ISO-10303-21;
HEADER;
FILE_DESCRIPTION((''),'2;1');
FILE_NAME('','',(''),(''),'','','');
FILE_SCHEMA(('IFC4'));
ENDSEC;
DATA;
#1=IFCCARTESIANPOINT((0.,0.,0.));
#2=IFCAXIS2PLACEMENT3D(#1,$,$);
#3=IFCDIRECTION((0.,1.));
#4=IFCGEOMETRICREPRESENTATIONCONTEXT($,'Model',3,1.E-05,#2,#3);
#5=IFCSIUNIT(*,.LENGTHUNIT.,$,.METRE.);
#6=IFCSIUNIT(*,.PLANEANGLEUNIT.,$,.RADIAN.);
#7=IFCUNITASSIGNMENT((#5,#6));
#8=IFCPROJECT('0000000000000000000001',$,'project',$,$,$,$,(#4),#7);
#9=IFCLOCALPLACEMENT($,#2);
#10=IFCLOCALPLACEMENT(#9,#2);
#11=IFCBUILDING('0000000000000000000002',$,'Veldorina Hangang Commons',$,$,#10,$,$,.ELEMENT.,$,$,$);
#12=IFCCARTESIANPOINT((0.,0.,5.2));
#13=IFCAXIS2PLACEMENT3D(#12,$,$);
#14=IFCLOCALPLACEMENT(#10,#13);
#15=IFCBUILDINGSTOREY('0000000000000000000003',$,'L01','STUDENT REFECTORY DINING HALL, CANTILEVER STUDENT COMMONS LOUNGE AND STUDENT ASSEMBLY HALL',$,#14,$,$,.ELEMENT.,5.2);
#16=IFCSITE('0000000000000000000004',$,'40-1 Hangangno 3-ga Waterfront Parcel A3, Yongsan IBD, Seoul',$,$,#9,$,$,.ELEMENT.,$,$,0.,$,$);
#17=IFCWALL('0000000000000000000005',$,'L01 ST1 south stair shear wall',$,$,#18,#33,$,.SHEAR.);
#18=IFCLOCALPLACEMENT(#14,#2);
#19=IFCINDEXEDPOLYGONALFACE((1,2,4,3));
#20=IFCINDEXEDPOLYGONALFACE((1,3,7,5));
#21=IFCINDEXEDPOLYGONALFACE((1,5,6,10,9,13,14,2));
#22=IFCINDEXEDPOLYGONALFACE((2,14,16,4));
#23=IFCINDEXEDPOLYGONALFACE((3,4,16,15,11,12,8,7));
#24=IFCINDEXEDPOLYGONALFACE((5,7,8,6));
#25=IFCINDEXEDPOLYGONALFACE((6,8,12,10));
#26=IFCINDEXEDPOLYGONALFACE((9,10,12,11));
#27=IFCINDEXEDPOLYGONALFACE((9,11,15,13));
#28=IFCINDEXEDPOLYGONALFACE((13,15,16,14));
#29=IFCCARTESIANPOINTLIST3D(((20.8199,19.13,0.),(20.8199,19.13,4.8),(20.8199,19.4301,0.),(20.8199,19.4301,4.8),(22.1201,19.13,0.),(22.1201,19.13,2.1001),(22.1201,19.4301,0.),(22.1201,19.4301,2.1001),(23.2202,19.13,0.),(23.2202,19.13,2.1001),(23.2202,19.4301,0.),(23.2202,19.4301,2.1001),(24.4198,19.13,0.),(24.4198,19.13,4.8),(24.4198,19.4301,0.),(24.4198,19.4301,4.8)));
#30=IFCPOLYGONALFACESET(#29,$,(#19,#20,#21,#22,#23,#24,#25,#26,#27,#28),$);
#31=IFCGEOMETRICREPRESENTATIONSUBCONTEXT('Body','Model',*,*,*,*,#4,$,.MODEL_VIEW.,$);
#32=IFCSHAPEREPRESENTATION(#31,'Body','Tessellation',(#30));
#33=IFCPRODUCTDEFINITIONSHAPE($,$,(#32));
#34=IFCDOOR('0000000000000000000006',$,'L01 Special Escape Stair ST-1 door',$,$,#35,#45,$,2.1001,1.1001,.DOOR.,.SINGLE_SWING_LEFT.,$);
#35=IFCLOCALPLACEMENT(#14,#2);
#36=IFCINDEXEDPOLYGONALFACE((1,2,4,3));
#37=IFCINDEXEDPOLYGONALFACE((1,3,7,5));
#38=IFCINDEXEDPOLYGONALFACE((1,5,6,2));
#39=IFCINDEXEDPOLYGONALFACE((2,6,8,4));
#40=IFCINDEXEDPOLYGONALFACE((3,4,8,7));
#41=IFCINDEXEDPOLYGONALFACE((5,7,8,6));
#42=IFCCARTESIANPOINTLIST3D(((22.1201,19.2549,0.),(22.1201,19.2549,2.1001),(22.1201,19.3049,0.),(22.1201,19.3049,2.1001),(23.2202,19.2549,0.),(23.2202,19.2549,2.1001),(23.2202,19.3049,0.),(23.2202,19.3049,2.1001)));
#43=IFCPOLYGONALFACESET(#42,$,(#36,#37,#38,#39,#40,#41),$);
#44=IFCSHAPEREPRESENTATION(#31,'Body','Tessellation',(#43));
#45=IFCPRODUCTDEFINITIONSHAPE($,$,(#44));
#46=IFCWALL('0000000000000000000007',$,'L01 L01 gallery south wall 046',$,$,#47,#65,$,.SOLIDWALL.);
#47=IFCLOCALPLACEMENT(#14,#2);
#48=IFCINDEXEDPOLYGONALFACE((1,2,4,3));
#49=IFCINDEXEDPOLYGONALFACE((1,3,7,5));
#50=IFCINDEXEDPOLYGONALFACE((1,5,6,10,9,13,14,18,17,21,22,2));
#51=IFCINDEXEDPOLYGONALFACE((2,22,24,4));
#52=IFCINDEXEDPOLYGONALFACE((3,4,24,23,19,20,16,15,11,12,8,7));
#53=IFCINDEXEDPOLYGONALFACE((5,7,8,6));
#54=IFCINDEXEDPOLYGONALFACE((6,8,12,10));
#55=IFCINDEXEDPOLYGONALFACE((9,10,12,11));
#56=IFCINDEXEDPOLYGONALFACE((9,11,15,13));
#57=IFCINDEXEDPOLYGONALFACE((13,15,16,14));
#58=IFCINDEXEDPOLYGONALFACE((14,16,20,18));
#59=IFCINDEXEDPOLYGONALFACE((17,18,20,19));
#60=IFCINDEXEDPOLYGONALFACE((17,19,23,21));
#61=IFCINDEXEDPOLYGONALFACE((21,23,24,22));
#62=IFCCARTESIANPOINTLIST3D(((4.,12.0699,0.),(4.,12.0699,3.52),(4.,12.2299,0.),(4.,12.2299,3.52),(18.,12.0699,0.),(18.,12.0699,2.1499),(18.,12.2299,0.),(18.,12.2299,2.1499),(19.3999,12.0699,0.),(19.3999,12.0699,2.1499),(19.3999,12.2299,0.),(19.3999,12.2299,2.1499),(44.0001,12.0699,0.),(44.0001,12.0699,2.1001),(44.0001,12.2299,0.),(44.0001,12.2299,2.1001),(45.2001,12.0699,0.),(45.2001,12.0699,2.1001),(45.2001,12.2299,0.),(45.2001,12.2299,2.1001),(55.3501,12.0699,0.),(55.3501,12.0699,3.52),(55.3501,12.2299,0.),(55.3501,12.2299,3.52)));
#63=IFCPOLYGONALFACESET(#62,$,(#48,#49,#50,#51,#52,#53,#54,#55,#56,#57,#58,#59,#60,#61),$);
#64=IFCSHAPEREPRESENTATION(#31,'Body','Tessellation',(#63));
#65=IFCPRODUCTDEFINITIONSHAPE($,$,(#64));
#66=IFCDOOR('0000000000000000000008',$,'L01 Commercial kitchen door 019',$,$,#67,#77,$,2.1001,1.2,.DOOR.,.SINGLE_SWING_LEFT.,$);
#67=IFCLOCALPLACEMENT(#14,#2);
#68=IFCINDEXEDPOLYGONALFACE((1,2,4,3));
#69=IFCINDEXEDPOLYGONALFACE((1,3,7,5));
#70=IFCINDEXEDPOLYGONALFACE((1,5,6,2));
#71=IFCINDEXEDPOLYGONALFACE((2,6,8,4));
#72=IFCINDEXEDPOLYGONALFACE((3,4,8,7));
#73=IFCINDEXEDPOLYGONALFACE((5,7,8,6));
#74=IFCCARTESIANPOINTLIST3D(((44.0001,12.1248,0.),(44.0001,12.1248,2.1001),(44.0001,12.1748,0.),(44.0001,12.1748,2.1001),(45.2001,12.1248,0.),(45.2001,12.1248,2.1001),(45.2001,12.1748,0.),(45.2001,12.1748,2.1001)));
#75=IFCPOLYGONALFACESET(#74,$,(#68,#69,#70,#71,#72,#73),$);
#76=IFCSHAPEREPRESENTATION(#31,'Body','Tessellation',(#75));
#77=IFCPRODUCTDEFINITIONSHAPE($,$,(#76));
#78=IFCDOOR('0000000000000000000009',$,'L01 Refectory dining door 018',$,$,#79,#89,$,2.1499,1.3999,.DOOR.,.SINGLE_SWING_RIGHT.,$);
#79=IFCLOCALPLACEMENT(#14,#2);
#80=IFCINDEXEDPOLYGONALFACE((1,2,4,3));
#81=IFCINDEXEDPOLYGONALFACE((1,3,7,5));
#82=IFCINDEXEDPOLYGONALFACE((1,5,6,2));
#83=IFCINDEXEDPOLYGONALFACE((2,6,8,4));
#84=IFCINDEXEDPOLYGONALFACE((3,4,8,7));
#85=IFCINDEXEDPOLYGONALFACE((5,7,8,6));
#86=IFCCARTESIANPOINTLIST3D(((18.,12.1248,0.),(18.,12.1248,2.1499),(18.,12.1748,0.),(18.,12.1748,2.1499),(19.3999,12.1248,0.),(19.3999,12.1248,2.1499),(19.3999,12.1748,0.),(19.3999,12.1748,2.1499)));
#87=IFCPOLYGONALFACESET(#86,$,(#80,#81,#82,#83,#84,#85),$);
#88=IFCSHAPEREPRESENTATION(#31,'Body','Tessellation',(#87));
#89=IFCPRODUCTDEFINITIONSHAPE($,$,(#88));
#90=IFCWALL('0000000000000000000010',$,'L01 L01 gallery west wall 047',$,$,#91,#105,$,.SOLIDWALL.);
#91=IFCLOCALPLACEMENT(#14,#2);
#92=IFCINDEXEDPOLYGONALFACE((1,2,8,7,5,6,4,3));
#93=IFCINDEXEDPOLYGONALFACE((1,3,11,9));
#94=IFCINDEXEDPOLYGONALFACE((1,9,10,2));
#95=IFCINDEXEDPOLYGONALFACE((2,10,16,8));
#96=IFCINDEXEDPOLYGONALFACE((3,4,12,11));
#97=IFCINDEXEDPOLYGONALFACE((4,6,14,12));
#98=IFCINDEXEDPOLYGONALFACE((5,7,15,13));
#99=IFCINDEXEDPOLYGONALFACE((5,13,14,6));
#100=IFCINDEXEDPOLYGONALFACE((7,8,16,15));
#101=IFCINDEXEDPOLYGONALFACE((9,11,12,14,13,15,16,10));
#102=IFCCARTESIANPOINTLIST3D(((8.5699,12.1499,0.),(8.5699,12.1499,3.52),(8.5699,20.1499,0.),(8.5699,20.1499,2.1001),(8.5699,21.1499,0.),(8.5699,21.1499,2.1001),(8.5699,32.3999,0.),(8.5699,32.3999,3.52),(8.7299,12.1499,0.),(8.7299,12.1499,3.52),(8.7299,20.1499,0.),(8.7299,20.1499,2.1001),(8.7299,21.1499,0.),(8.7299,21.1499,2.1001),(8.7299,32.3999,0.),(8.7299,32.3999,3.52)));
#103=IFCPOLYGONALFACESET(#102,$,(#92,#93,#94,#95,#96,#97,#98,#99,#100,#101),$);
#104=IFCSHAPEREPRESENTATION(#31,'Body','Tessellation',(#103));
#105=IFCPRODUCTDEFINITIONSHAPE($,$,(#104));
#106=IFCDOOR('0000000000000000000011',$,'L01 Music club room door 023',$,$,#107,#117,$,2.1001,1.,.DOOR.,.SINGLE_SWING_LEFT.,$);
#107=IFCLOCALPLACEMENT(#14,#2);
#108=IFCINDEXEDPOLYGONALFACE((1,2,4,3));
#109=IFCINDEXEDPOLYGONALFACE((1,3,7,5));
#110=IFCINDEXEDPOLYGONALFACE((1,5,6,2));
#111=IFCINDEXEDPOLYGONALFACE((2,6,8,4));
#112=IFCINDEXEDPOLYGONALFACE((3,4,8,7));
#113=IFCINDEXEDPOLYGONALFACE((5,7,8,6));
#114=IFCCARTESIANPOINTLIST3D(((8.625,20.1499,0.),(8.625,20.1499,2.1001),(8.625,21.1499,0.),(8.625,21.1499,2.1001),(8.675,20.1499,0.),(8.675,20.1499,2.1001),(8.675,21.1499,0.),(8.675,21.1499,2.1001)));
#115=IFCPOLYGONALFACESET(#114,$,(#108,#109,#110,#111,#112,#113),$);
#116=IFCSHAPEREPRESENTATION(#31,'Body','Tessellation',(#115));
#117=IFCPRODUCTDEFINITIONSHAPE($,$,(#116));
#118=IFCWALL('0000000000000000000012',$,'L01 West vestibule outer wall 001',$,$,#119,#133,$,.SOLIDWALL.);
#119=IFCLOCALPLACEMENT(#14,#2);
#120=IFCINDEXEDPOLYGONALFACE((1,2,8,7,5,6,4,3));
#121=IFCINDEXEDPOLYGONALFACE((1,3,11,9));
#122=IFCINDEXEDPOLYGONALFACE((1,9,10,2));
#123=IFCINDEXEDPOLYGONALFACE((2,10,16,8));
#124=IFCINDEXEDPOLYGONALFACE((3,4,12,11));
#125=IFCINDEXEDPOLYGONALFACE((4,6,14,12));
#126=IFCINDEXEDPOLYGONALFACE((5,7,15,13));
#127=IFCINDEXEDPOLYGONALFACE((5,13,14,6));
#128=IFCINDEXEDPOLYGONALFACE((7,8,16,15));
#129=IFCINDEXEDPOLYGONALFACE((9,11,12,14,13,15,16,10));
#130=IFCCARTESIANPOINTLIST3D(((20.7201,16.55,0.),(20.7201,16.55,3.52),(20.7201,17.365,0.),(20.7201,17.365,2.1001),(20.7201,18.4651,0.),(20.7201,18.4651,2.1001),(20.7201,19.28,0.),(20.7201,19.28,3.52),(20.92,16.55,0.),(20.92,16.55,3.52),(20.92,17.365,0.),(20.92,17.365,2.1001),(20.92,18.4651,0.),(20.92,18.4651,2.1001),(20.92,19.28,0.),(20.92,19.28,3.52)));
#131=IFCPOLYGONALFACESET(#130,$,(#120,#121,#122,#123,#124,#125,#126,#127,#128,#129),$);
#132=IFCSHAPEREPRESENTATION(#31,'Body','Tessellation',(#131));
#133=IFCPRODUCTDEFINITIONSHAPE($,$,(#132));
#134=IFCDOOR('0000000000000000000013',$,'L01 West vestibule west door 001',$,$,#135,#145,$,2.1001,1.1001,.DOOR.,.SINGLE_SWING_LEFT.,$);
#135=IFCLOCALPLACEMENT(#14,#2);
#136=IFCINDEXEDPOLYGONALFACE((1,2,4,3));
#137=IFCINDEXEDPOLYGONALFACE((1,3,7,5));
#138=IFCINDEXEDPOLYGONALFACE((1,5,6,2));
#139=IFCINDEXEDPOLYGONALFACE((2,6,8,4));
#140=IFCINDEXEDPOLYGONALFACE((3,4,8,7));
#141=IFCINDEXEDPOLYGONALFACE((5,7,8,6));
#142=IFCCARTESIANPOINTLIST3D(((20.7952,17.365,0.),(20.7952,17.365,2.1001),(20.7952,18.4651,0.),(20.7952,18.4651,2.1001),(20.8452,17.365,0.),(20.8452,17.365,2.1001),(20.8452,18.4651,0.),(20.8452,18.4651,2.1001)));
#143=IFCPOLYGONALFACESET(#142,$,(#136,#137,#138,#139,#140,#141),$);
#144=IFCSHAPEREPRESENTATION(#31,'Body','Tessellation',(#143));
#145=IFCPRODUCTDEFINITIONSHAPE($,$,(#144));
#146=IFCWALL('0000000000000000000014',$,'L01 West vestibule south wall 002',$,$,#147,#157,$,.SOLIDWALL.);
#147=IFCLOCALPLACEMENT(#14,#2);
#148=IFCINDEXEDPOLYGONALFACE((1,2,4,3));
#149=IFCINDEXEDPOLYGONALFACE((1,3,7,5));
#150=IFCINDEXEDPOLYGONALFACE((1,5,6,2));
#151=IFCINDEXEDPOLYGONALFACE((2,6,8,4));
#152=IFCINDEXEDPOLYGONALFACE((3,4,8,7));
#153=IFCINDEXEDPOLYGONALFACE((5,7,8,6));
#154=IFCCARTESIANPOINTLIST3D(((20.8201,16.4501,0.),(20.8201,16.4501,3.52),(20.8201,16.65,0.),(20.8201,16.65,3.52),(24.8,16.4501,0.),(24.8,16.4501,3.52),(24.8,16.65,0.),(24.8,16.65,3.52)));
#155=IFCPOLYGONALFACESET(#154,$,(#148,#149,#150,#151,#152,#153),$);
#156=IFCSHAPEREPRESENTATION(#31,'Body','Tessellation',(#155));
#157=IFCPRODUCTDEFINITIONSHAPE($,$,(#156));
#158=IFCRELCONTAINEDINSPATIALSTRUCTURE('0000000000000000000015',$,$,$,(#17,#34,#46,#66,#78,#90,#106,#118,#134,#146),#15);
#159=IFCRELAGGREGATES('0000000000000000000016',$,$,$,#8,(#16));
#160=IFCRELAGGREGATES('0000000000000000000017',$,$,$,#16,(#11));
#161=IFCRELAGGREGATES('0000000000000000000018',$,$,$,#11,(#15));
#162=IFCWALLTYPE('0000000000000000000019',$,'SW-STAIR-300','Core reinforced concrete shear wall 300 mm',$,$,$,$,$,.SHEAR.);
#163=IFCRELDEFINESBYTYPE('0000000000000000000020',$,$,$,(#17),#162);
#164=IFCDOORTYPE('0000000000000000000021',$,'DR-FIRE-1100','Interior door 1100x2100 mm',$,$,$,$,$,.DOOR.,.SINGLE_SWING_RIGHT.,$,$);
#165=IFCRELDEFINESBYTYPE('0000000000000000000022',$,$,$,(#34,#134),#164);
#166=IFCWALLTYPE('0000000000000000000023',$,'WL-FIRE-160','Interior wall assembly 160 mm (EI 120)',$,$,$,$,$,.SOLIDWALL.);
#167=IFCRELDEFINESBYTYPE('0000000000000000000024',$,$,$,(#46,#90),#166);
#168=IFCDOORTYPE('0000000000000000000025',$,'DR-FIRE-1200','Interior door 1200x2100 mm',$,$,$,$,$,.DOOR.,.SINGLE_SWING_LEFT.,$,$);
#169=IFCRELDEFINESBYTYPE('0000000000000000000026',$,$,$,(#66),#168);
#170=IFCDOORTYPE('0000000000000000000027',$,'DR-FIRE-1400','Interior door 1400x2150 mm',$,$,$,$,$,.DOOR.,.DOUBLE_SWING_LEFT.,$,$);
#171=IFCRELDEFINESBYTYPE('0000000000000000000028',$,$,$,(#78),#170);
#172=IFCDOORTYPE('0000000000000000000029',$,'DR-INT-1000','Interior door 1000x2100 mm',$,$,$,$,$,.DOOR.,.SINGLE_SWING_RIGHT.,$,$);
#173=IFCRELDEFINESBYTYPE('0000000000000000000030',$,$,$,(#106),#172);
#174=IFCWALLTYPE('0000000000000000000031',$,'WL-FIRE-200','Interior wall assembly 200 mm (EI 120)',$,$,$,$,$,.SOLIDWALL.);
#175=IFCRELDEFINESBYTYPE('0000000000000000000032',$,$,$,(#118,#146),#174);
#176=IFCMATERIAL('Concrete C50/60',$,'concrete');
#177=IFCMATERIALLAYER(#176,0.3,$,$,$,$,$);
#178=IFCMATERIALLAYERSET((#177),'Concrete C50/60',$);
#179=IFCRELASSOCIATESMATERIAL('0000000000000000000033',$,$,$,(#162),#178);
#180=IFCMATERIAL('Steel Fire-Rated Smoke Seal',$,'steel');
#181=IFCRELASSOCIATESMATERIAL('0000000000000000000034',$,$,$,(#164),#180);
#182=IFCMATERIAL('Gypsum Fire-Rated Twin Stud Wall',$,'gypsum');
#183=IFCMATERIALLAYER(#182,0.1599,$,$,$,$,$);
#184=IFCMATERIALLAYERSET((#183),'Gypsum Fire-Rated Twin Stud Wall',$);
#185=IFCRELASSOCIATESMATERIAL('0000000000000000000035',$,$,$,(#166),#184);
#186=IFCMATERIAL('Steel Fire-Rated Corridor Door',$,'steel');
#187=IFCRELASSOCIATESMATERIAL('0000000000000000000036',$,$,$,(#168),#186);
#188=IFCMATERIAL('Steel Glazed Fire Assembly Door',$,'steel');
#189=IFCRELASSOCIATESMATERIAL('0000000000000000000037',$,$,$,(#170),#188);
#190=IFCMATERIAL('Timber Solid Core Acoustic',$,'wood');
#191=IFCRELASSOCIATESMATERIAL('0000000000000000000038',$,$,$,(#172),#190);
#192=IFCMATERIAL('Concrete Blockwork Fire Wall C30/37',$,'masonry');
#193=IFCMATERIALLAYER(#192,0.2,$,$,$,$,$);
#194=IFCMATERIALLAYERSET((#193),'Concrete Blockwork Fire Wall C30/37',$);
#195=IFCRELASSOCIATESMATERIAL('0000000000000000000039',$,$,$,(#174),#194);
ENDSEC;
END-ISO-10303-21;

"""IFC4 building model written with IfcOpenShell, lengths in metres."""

from ifc_helpers import new_model, si_unit, direction, frame, frame_2d, origin, place, context, subcontext, project, spatial, rectangle, extrude, material, layer, layer_set, type_object, element, fill, save


model = new_model("IFC4")

# Units and contexts
model_context = context("Model", 3, precision=1e-05, world=origin(), true_north=direction((0.0, 1.0)))
body_context = subcontext(model_context, "Body", "Model", "MODEL_VIEW")
ifc_project = project(units=[si_unit("LENGTHUNIT", "METRE"), si_unit("PLANEANGLEUNIT", "RADIAN")], contexts=[model_context])

# Site, building, storey
site_placement = place(None, origin())
site = spatial("IfcSite", under=ifc_project, at=site_placement, Name="40-1 Hangangno 3-ga Waterfront Parcel A3, Yongsan IBD, Seoul", CompositionType="ELEMENT", RefElevation=0.0)
building_placement = place(site_placement, origin())
building = spatial("IfcBuilding", under=site, at=building_placement, Name="Veldorina Hangang Commons", CompositionType="ELEMENT")
storey_placement = place(building_placement, frame((0.0, 0.0, 5.2)))
storey = spatial("IfcBuildingStorey", under=building, at=storey_placement, Name="L01", Description="STUDENT REFECTORY DINING HALL, CANTILEVER STUDENT COMMONS LOUNGE AND STUDENT ASSEMBLY HALL", CompositionType="ELEMENT", Elevation=5.2)

# Shared definitions
ifc_material_1 = material(Name="Concrete C50/60", Category="concrete")
ifc_layer_1 = layer(ifc_material_1, 0.3)
ifc_layer_set_1 = layer_set([ifc_layer_1], Name="Concrete C50/60")
wall_type_1 = type_object("IfcWallType", Name="SW-STAIR-300", Description="Core reinforced concrete shear wall 300 mm", PredefinedType="SHEAR", material=ifc_layer_set_1)

# Wall, opening, door
wall_1_placement = place(storey_placement, frame((20.8201, 19.28, 0.0), z_axis=(0.0, 0.0, 1.0), x_axis=(1.0, 0.0, 0.0)))
wall_1 = element("IfcWall", 1, at=wall_1_placement, inside=storey, type_object=wall_type_1, Name="L01 ST1 south stair shear wall", PredefinedType="SHEAR", context=body_context, shape_type="SweptSolid", body=[
    extrude(rectangle(XDim=3.5999, YDim=0.3, at=frame_2d((1.7998, 0.0))), origin(), (0.0, 0.0, 1.0), 4.8),
])
opening_1_placement = place(wall_1_placement, frame((1.3, 0.0, 0.0)))
opening_1 = element("IfcOpeningElement", 2, at=opening_1_placement, cuts=wall_1, PredefinedType="OPENING", context=body_context, shape_type="SweptSolid", body=[
    extrude(rectangle(XDim=1.1001, YDim=2.1001, at=frame_2d((0.55, 1.05))), frame((0.0, 0.1602, 0.0), z_axis=(0.0, -1.0, 0.0), x_axis=(1.0, 0.0, 0.0)), (0.0, 0.0, 1.0), 0.3201),
])
ifc_material_2 = material(Name="Steel Fire-Rated Smoke Seal", Category="steel")
door_type_1 = type_object("IfcDoorType", Name="DR-FIRE-1100", Description="Interior door 1100x2100 mm", OperationType="SINGLE_SWING_RIGHT", PredefinedType="DOOR", material=ifc_material_2)
door_1_placement = place(opening_1_placement, origin())
door_1 = element("IfcDoor", 3, at=door_1_placement, inside=storey, type_object=door_type_1, Name="L01 Special Escape Stair ST-1 door", OperationType="SINGLE_SWING_LEFT", OverallHeight=2.1001, OverallWidth=1.1001, PredefinedType="DOOR", context=body_context, shape_type="SweptSolid", body=[
    extrude(rectangle(XDim=1.1001, YDim=2.1001, at=frame_2d((0.55, 1.05))), frame((0.0, 0.0249, 0.0), z_axis=(0.0, -1.0, 0.0), x_axis=(1.0, 0.0, 0.0)), (0.0, 0.0, 1.0), 0.05),
])
fill(opening_1, door_1)

# Wall, openings, doors
ifc_material_3 = material(Name="Gypsum Fire-Rated Twin Stud Wall", Category="gypsum")
ifc_layer_2 = layer(ifc_material_3, 0.1599)
ifc_layer_set_2 = layer_set([ifc_layer_2], Name="Gypsum Fire-Rated Twin Stud Wall")
wall_type_2 = type_object("IfcWallType", Name="WL-FIRE-160", Description="Interior wall assembly 160 mm (EI 120)", PredefinedType="SOLIDWALL", material=ifc_layer_set_2)
wall_2_placement = place(storey_placement, frame((4.0, 12.1499, 0.0), z_axis=(0.0, 0.0, 1.0), x_axis=(1.0, 0.0, 0.0)))
wall_2 = element("IfcWall", 4, at=wall_2_placement, inside=storey, type_object=wall_type_2, Name="L01 L01 gallery south wall 046", PredefinedType="SOLIDWALL", context=body_context, shape_type="SweptSolid", body=[
    extrude(rectangle(XDim=51.3501, YDim=0.1599, at=frame_2d((25.675, 0.0))), origin(), (0.0, 0.0, 1.0), 3.52),
])
opening_2_placement = place(wall_2_placement, frame((14.0, 0.0, 0.0)))
opening_2 = element("IfcOpeningElement", 5, at=opening_2_placement, cuts=wall_2, PredefinedType="OPENING", context=body_context, shape_type="SweptSolid", body=[
    extrude(rectangle(XDim=1.3999, YDim=2.1499, at=frame_2d((0.7, 1.075))), frame((0.0, 0.0898, 0.0), z_axis=(0.0, -1.0, 0.0), x_axis=(1.0, 0.0, 0.0)), (0.0, 0.0, 1.0), 0.1799),
])
opening_3_placement = place(wall_2_placement, frame((40.0, 0.0, 0.0)))
opening_3 = element("IfcOpeningElement", 6, at=opening_3_placement, cuts=wall_2, PredefinedType="OPENING", context=body_context, shape_type="SweptSolid", body=[
    extrude(rectangle(XDim=1.2, YDim=2.1001, at=frame_2d((0.6001, 1.05))), frame((0.0, 0.0898, 0.0), z_axis=(0.0, -1.0, 0.0), x_axis=(1.0, 0.0, 0.0)), (0.0, 0.0, 1.0), 0.1799),
])
ifc_material_4 = material(Name="Steel Fire-Rated Corridor Door", Category="steel")
door_type_2 = type_object("IfcDoorType", Name="DR-FIRE-1200", Description="Interior door 1200x2100 mm", OperationType="SINGLE_SWING_LEFT", PredefinedType="DOOR", material=ifc_material_4)
door_2_placement = place(opening_3_placement, origin())
door_2 = element("IfcDoor", 7, at=door_2_placement, inside=storey, type_object=door_type_2, Name="L01 Commercial kitchen door 019", OperationType="SINGLE_SWING_LEFT", OverallHeight=2.1001, OverallWidth=1.2, PredefinedType="DOOR", context=body_context, shape_type="SweptSolid", body=[
    extrude(rectangle(XDim=1.2, YDim=2.1001, at=frame_2d((0.6001, 1.05))), frame((0.0, 0.0249, 0.0), z_axis=(0.0, -1.0, 0.0), x_axis=(1.0, 0.0, 0.0)), (0.0, 0.0, 1.0), 0.05),
])
fill(opening_3, door_2)
ifc_material_5 = material(Name="Steel Glazed Fire Assembly Door", Category="steel")
door_type_3 = type_object("IfcDoorType", Name="DR-FIRE-1400", Description="Interior door 1400x2150 mm", OperationType="DOUBLE_SWING_LEFT", PredefinedType="DOOR", material=ifc_material_5)
door_3_placement = place(opening_2_placement, origin())
door_3 = element("IfcDoor", 8, at=door_3_placement, inside=storey, type_object=door_type_3, Name="L01 Refectory dining door 018", OperationType="SINGLE_SWING_RIGHT", OverallHeight=2.1499, OverallWidth=1.3999, PredefinedType="DOOR", context=body_context, shape_type="SweptSolid", body=[
    extrude(rectangle(XDim=1.3999, YDim=2.1499, at=frame_2d((0.7, 1.075))), frame((0.0, 0.0249, 0.0), z_axis=(0.0, -1.0, 0.0), x_axis=(1.0, 0.0, 0.0)), (0.0, 0.0, 1.0), 0.05),
])
fill(opening_2, door_3)

# Walls, openings, doors
wall_3_placement = place(storey_placement, frame((8.6499, 12.1499, 0.0), z_axis=(0.0, 0.0, 1.0), x_axis=(0.0, 1.0, 0.0)))
wall_3 = element("IfcWall", 9, at=wall_3_placement, inside=storey, type_object=wall_type_2, Name="L01 L01 gallery west wall 047", PredefinedType="SOLIDWALL", context=body_context, shape_type="SweptSolid", body=[
    extrude(rectangle(XDim=20.25, YDim=0.1599, at=frame_2d((10.125, 0.0))), origin(), (0.0, 0.0, 1.0), 3.52),
])
opening_4_placement = place(wall_3_placement, frame((8.0, 0.0, 0.0)))
opening_4 = element("IfcOpeningElement", 10, at=opening_4_placement, cuts=wall_3, PredefinedType="OPENING", context=body_context, shape_type="SweptSolid", body=[
    extrude(rectangle(XDim=1.0, YDim=2.1001, at=frame_2d((0.5, 1.05))), frame((0.0, 0.0898, 0.0), z_axis=(0.0, -1.0, 0.0), x_axis=(1.0, 0.0, 0.0)), (0.0, 0.0, 1.0), 0.1799),
])
ifc_material_6 = material(Name="Timber Solid Core Acoustic", Category="wood")
door_type_4 = type_object("IfcDoorType", Name="DR-INT-1000", Description="Interior door 1000x2100 mm", OperationType="SINGLE_SWING_RIGHT", PredefinedType="DOOR", material=ifc_material_6)
door_4_placement = place(opening_4_placement, origin())
door_4 = element("IfcDoor", 11, at=door_4_placement, inside=storey, type_object=door_type_4, Name="L01 Music club room door 023", OperationType="SINGLE_SWING_LEFT", OverallHeight=2.1001, OverallWidth=1.0, PredefinedType="DOOR", context=body_context, shape_type="SweptSolid", body=[
    extrude(rectangle(XDim=1.0, YDim=2.1001, at=frame_2d((0.5, 1.05))), frame((0.0, 0.0249, 0.0), z_axis=(0.0, -1.0, 0.0), x_axis=(1.0, 0.0, 0.0)), (0.0, 0.0, 1.0), 0.05),
])
fill(opening_4, door_4)
ifc_material_7 = material(Name="Concrete Blockwork Fire Wall C30/37", Category="masonry")
ifc_layer_3 = layer(ifc_material_7, 0.2)
ifc_layer_set_3 = layer_set([ifc_layer_3], Name="Concrete Blockwork Fire Wall C30/37")
wall_type_3 = type_object("IfcWallType", Name="WL-FIRE-200", Description="Interior wall assembly 200 mm (EI 120)", PredefinedType="SOLIDWALL", material=ifc_layer_set_3)
wall_4_placement = place(storey_placement, frame((20.8201, 16.55, 0.0), z_axis=(0.0, 0.0, 1.0), x_axis=(0.0, 1.0, 0.0)))
wall_4 = element("IfcWall", 12, at=wall_4_placement, inside=storey, type_object=wall_type_3, Name="L01 West vestibule outer wall 001", PredefinedType="SOLIDWALL", context=body_context, shape_type="SweptSolid", body=[
    extrude(rectangle(XDim=2.73, YDim=0.2, at=frame_2d((1.365, 0.0))), origin(), (0.0, 0.0, 1.0), 3.52),
])
opening_5_placement = place(wall_4_placement, frame((0.8149, 0.0, 0.0)))
opening_5 = element("IfcOpeningElement", 13, at=opening_5_placement, cuts=wall_4, PredefinedType="OPENING", context=body_context, shape_type="SweptSolid", body=[
    extrude(rectangle(XDim=1.1001, YDim=2.1001, at=frame_2d((0.55, 1.05))), frame((0.0, 0.1099, 0.0), z_axis=(0.0, -1.0, 0.0), x_axis=(1.0, 0.0, 0.0)), (0.0, 0.0, 1.0), 0.22),
])
door_5_placement = place(opening_5_placement, origin())
door_5 = element("IfcDoor", 14, at=door_5_placement, inside=storey, type_object=door_type_1, Name="L01 West vestibule west door 001", OperationType="SINGLE_SWING_LEFT", OverallHeight=2.1001, OverallWidth=1.1001, PredefinedType="DOOR", context=body_context, shape_type="SweptSolid", body=[
    extrude(rectangle(XDim=1.1001, YDim=2.1001, at=frame_2d((0.55, 1.05))), frame((0.0, 0.0249, 0.0), z_axis=(0.0, -1.0, 0.0), x_axis=(1.0, 0.0, 0.0)), (0.0, 0.0, 1.0), 0.05),
])
fill(opening_5, door_5)

# Wall
wall_5_placement = place(storey_placement, frame((20.8201, 16.55, 0.0), z_axis=(0.0, 0.0, 1.0), x_axis=(1.0, 0.0, 0.0)))
element("IfcWall", 15, at=wall_5_placement, inside=storey, type_object=wall_type_3, Name="L01 West vestibule south wall 002", PredefinedType="SOLIDWALL", context=body_context, shape_type="SweptSolid", body=[
    extrude(rectangle(XDim=3.98, YDim=0.2, at=frame_2d((1.99, 0.0))), origin(), (0.0, 0.0, 1.0), 3.52),
])

save(model, "model.ifc")
